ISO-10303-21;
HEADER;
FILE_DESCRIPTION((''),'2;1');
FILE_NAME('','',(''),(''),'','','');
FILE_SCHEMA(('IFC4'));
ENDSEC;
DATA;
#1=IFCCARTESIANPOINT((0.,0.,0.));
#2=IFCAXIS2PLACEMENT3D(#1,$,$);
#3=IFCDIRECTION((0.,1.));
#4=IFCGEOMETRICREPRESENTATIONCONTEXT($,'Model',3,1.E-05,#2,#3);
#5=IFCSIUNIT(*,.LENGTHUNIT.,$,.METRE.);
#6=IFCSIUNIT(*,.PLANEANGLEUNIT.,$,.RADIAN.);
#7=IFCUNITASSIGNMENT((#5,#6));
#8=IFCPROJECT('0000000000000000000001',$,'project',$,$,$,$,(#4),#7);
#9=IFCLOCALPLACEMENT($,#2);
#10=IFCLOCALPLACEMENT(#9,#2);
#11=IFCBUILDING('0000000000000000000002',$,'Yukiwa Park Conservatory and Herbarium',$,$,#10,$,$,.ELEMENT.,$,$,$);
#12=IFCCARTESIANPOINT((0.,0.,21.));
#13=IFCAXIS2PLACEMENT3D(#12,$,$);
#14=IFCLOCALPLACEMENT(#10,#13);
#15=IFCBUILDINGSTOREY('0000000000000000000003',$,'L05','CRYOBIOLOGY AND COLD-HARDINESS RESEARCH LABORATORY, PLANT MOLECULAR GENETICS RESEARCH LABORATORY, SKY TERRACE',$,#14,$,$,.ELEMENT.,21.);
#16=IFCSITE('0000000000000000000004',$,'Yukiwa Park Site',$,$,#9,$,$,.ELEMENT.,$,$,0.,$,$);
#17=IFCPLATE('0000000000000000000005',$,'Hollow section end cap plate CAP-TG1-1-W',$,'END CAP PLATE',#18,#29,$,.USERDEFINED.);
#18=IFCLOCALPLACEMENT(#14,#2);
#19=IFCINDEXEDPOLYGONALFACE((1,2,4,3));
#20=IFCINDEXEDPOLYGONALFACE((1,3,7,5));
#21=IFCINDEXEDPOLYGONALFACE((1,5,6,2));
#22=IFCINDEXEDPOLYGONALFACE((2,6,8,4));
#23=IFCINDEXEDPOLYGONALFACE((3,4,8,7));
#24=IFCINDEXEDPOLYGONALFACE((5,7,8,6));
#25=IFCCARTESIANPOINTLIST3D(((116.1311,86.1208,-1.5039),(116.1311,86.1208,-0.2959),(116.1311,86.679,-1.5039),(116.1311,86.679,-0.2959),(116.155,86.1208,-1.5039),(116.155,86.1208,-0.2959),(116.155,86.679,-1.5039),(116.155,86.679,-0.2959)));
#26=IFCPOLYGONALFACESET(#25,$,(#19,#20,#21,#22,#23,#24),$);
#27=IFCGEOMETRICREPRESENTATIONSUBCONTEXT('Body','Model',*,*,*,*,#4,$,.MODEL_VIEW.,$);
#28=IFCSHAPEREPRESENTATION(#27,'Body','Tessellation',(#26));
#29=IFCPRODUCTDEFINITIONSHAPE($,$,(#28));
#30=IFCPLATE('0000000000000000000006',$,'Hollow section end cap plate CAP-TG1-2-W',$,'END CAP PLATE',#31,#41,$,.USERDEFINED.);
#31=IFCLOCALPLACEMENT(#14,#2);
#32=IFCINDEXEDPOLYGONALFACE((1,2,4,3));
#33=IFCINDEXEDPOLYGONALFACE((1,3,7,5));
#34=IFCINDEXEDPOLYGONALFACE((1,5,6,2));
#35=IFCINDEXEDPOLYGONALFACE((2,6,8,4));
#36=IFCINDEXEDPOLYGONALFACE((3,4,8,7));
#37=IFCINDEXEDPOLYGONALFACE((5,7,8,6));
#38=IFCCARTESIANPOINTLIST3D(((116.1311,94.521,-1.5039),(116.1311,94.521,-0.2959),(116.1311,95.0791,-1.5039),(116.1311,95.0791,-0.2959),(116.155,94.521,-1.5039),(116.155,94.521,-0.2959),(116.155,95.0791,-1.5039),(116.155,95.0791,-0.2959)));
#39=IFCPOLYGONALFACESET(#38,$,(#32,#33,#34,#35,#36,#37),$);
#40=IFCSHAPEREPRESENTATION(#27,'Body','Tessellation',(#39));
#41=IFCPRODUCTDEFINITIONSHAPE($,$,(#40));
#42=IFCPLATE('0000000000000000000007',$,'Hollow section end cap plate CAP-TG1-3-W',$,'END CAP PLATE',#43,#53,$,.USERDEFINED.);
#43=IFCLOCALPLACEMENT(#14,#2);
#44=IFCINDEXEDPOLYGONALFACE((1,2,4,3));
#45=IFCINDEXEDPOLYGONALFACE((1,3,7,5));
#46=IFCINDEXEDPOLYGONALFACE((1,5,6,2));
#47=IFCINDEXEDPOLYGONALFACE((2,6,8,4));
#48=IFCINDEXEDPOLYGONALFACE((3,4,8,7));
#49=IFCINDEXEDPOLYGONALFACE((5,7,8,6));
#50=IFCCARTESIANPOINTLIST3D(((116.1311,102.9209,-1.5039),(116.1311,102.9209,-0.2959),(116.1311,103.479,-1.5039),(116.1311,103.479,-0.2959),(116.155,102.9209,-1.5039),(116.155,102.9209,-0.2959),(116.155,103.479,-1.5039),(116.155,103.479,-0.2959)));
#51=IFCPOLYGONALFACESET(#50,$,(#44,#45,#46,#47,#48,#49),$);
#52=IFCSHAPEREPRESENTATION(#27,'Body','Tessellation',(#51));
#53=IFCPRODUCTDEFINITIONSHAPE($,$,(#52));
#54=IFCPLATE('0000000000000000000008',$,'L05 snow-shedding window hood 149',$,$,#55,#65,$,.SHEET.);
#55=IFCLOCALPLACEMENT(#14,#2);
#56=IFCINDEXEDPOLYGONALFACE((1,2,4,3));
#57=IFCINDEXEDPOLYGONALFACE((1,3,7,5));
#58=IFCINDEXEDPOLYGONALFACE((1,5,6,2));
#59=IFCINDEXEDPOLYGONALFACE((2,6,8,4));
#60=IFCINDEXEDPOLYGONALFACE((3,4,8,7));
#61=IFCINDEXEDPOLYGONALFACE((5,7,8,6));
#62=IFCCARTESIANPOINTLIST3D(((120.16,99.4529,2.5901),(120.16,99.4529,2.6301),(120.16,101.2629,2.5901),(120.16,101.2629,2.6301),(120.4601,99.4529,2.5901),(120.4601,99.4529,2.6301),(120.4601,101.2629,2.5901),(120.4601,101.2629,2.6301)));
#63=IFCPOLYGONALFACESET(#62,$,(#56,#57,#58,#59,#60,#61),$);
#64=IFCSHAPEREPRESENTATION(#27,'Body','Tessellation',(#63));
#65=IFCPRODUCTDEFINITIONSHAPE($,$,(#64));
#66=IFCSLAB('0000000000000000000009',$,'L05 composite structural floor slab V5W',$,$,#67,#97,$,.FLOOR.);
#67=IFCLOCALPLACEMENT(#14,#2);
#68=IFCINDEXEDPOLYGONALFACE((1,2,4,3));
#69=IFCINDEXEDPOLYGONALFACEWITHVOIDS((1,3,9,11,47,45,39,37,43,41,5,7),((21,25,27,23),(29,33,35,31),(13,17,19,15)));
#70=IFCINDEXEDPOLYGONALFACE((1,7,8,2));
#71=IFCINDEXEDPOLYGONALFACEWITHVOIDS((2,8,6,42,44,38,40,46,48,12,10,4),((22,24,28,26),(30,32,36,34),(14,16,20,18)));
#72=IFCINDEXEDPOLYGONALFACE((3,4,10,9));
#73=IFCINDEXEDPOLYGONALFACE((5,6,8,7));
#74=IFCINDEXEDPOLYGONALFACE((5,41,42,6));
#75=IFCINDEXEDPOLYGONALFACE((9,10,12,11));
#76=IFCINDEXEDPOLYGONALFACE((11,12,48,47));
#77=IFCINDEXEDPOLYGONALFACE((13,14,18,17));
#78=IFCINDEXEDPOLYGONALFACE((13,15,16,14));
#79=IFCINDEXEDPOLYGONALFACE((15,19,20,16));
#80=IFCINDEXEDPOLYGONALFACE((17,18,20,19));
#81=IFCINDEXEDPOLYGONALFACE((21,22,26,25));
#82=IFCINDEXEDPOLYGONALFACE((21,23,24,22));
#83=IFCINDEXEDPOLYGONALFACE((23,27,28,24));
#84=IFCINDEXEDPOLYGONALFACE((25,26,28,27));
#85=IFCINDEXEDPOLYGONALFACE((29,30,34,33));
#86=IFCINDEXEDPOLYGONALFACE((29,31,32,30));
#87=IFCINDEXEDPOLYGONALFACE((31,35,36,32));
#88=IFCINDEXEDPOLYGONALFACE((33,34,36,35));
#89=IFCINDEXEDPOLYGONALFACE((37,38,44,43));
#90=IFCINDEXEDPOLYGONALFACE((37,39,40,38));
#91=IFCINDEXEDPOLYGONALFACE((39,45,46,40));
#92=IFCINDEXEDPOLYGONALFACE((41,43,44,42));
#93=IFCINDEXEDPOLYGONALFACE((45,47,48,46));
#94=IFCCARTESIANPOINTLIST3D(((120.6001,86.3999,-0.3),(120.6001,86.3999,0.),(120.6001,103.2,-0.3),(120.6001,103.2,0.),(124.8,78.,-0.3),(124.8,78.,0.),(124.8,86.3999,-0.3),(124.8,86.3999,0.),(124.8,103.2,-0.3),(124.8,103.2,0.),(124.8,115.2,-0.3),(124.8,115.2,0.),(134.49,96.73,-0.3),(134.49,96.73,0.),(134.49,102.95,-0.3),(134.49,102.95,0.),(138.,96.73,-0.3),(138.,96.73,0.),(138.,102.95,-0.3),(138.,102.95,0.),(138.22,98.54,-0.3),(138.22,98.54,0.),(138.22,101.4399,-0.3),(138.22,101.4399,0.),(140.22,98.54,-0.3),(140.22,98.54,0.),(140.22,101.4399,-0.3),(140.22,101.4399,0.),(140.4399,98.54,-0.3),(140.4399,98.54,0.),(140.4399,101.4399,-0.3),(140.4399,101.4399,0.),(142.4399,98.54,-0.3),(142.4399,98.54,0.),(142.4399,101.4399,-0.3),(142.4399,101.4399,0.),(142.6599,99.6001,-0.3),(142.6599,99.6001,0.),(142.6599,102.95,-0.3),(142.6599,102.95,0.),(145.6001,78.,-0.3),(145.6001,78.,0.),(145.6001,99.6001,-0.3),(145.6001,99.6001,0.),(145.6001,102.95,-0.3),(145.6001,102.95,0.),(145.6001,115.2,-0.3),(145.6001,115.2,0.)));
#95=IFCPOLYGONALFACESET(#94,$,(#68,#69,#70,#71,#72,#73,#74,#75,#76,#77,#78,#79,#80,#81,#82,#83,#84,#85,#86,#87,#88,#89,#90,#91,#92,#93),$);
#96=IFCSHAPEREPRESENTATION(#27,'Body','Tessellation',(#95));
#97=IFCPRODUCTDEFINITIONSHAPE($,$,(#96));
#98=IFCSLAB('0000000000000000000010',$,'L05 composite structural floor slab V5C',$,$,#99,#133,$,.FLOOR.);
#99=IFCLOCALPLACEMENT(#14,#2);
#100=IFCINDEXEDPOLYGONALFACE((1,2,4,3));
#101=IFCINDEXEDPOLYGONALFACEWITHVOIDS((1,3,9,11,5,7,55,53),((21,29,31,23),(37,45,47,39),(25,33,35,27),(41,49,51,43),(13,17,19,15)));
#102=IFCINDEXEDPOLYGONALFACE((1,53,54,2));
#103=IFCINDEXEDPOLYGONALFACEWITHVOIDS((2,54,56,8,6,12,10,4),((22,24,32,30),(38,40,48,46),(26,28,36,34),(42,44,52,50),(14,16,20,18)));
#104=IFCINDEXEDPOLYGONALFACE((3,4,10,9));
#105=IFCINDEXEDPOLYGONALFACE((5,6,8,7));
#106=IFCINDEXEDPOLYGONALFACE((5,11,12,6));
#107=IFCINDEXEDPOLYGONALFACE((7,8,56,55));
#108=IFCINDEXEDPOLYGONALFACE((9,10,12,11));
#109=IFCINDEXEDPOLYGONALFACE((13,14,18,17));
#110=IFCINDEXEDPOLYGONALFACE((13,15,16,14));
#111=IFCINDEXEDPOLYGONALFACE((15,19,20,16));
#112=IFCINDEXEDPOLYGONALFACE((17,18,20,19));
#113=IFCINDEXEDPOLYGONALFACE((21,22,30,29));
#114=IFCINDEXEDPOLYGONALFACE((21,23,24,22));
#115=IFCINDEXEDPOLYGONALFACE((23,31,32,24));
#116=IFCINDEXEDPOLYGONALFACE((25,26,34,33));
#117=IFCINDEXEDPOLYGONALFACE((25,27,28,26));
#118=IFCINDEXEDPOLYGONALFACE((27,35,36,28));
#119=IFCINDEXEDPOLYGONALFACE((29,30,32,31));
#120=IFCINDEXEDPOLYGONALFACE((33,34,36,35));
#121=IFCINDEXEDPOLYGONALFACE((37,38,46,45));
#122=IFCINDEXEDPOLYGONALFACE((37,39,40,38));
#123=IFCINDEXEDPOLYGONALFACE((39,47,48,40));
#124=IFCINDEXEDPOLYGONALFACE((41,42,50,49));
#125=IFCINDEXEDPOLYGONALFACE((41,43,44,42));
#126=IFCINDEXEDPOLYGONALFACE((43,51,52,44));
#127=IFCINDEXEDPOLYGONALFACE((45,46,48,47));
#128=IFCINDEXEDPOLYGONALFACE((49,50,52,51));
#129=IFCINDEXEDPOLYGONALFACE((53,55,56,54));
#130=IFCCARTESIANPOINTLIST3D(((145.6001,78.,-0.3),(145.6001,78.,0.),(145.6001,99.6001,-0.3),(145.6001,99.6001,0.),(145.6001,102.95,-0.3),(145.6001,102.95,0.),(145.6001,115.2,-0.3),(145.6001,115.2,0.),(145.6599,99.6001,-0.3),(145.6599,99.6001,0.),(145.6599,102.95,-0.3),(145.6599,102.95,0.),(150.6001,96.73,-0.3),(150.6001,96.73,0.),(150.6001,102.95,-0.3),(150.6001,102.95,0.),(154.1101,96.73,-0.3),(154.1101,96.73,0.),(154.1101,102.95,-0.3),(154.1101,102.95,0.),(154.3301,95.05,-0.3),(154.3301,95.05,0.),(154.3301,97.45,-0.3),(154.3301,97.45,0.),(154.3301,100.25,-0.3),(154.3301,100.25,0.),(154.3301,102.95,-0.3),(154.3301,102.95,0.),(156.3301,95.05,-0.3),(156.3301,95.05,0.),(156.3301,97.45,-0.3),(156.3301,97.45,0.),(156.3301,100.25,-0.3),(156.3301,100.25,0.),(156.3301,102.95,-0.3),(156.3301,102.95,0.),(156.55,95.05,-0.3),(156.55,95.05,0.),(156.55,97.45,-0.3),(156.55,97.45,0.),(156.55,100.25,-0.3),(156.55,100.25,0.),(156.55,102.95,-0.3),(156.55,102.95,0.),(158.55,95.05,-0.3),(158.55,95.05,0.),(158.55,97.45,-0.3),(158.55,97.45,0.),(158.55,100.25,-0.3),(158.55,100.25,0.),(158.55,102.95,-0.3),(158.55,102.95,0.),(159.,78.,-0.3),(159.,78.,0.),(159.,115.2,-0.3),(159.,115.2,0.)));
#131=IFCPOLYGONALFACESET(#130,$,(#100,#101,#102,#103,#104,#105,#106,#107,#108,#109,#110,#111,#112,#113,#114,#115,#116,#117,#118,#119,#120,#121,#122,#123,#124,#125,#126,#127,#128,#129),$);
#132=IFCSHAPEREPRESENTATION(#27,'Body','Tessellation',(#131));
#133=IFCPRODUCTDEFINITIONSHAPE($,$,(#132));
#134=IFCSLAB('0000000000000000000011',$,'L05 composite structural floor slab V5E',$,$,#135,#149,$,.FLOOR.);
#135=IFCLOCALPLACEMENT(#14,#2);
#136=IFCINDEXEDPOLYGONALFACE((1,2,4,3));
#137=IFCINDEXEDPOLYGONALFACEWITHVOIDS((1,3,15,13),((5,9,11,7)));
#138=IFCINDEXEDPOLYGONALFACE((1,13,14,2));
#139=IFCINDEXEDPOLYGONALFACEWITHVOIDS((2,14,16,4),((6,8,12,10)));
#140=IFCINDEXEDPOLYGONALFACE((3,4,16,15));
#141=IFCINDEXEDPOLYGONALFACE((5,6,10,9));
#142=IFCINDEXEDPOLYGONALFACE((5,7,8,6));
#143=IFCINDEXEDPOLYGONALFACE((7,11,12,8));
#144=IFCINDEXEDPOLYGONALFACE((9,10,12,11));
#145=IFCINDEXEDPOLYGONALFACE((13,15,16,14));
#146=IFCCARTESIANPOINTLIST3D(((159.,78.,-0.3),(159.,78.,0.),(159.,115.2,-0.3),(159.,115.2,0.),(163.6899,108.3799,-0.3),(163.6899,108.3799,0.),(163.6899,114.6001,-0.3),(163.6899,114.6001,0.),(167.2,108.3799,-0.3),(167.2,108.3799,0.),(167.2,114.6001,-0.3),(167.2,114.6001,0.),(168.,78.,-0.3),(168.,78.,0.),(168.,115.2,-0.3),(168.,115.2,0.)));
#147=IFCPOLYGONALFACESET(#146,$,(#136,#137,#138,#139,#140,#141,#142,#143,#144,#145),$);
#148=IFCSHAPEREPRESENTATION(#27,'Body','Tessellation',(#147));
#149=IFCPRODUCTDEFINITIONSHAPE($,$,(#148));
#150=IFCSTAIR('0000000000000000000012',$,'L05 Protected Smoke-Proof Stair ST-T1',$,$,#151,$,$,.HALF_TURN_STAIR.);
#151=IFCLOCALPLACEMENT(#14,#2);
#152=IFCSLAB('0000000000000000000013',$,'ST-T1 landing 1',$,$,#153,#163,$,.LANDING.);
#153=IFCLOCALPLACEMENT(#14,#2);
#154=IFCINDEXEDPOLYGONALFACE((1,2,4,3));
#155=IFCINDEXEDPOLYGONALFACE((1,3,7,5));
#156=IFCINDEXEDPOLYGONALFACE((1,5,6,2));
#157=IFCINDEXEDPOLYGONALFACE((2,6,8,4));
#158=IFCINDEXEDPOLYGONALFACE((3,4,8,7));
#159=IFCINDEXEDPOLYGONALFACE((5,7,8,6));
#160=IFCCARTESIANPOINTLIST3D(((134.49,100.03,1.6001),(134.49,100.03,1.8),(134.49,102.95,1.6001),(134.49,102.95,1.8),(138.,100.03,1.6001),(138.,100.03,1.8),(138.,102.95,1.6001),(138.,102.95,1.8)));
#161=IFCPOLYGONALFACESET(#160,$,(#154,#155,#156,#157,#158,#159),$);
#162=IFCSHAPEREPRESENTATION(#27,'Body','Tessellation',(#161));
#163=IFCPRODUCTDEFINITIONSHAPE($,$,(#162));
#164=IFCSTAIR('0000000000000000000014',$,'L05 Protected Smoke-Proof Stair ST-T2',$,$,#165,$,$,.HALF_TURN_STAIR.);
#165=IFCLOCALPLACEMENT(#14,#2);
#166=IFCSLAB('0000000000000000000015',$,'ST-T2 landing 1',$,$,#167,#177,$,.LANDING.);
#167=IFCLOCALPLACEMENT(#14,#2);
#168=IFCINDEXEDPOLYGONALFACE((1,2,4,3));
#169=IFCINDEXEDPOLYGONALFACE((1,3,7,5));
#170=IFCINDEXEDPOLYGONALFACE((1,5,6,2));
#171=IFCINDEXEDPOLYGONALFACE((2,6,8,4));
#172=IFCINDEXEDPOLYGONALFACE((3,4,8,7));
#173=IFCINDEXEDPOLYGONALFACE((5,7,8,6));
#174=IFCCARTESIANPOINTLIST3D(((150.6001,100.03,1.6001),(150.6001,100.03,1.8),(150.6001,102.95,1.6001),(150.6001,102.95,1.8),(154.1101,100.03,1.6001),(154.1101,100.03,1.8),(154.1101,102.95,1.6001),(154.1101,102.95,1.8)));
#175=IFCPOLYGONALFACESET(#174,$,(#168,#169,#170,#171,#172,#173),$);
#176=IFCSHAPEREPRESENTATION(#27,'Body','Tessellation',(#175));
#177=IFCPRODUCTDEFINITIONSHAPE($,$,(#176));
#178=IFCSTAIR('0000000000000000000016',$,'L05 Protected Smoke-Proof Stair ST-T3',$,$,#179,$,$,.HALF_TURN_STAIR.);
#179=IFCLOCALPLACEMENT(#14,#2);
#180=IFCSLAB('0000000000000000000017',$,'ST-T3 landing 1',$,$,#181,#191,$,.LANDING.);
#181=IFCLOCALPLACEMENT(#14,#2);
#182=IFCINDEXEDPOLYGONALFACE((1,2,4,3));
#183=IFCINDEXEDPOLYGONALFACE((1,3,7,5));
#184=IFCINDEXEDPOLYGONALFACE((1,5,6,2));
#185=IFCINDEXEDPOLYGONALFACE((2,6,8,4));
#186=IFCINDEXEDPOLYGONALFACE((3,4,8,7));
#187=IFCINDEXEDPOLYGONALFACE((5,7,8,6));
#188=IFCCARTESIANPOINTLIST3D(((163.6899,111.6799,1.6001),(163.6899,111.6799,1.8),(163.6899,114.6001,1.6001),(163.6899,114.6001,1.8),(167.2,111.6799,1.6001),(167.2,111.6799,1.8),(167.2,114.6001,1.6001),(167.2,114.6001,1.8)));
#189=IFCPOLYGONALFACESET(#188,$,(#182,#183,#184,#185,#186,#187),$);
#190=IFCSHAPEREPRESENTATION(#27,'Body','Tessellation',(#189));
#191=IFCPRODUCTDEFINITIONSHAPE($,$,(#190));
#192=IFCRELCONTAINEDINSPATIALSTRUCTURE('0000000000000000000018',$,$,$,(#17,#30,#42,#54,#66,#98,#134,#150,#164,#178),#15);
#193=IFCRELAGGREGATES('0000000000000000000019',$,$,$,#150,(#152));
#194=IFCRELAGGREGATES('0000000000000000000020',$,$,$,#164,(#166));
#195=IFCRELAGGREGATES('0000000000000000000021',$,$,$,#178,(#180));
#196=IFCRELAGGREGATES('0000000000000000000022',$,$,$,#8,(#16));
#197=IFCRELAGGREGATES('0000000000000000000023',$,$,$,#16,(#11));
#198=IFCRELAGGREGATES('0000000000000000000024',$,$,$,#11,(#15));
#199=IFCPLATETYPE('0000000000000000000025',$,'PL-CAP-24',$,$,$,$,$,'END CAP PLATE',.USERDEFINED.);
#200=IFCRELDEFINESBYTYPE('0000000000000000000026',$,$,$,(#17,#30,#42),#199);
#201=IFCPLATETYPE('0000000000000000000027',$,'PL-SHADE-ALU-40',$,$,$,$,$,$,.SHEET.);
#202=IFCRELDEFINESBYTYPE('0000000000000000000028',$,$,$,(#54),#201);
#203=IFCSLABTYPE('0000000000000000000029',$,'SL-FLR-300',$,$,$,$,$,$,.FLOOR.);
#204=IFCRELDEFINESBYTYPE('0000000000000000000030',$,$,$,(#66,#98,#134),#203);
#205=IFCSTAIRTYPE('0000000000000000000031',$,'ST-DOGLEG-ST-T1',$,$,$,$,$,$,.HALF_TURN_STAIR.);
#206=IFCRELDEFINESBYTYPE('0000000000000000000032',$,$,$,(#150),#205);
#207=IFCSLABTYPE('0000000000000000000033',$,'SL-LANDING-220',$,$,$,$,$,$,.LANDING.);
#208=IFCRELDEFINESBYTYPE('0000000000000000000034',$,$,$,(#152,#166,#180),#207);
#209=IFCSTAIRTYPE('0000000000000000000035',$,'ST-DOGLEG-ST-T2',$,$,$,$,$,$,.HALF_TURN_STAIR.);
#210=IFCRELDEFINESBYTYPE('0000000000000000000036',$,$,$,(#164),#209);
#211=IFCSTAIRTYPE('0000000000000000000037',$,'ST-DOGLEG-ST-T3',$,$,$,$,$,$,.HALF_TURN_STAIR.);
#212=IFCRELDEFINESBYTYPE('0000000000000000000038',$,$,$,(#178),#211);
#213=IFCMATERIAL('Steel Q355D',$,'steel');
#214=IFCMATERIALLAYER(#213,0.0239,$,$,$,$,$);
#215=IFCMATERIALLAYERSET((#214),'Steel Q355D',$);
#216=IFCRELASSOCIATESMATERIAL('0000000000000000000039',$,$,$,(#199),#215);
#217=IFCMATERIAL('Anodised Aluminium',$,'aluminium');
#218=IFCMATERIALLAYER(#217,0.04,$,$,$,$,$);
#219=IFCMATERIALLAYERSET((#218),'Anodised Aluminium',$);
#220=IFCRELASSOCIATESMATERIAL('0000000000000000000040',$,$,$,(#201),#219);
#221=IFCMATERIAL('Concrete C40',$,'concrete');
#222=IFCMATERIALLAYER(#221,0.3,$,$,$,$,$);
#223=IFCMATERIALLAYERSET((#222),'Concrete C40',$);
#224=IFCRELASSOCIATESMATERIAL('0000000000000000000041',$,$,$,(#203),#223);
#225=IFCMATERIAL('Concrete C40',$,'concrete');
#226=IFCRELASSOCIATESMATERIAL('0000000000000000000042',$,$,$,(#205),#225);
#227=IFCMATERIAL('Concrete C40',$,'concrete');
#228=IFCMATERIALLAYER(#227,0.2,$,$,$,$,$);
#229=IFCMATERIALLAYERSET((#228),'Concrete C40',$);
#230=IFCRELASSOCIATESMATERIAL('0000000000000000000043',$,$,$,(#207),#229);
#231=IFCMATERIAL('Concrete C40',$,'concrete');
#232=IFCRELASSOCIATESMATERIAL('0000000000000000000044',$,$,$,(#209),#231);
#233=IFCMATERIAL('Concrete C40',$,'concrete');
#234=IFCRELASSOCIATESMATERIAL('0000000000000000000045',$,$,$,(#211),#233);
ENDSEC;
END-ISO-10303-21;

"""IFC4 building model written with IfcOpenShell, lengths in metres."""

from ifc_helpers import new_model, si_unit, direction, frame, origin, origin_2d, place, context, subcontext, project, spatial, polyline, rectangle, outline, extrude, material, layer, layer_set, type_object, element, aggregate, save


model = new_model("IFC4")

# Units and contexts
model_context = context("Model", 3, precision=1e-05, world=origin(), true_north=direction((0.0, 1.0)))
body_context = subcontext(model_context, "Body", "Model", "MODEL_VIEW")
ifc_project = project(units=[si_unit("LENGTHUNIT", "METRE"), si_unit("PLANEANGLEUNIT", "RADIAN")], contexts=[model_context])

# Site, building, storey
site_placement = place(None, origin())
site = spatial("IfcSite", under=ifc_project, at=site_placement, Name="Yukiwa Park Site", CompositionType="ELEMENT", RefElevation=0.0)
building_placement = place(site_placement, origin())
building = spatial("IfcBuilding", under=site, at=building_placement, Name="Yukiwa Park Conservatory and Herbarium", CompositionType="ELEMENT")
storey_placement = place(building_placement, frame((0.0, 0.0, 21.0)))
storey = spatial("IfcBuildingStorey", under=building, at=storey_placement, Name="L05", Description="CRYOBIOLOGY AND COLD-HARDINESS RESEARCH LABORATORY, PLANT MOLECULAR GENETICS RESEARCH LABORATORY, SKY TERRACE", CompositionType="ELEMENT", Elevation=21.0)

# Plates
ifc_material_1 = material(Name="Steel Q355D", Category="steel")
ifc_layer_1 = layer(ifc_material_1, 0.0239)
ifc_layer_set_1 = layer_set([ifc_layer_1], Name="Steel Q355D")
plate_type_1 = type_object("IfcPlateType", Name="PL-CAP-24", ElementType="END CAP PLATE", PredefinedType="USERDEFINED", material=ifc_layer_set_1)
for number, where, z_axis, x_axis, name in (
    (1, (116.155, 86.3999, -0.8999), (-1.0, 0.0, 0.0), (0.0, -1.0, 0.0), "Hollow section end cap plate CAP-TG1-1-W"),
    (2, (116.155, 94.8, -0.8999), (-1.0, 0.0, 0.0), (0.0, -1.0, 0.0), "Hollow section end cap plate CAP-TG1-2-W"),
    (3, (116.155, 103.2, -0.8999), (-1.0, 0.0, 0.0), (0.0, -1.0, 0.0), "Hollow section end cap plate CAP-TG1-3-W"),
):
    element("IfcPlate", number, at=place(storey_placement, frame(where, z_axis=z_axis, x_axis=x_axis)), inside=storey, type_object=plate_type_1, Name=name, ObjectType="END CAP PLATE", PredefinedType="USERDEFINED", context=body_context, shape_type="SweptSolid", body=[
        extrude(rectangle(XDim=0.5581, YDim=1.208, at=origin_2d()), origin(), (0.0, 0.0, 1.0), 0.0239),
    ])
ifc_material_2 = material(Name="Anodised Aluminium", Category="aluminium")
ifc_layer_2 = layer(ifc_material_2, 0.04)
ifc_layer_set_2 = layer_set([ifc_layer_2], Name="Anodised Aluminium")
plate_type_2 = type_object("IfcPlateType", Name="PL-SHADE-ALU-40", PredefinedType="SHEET", material=ifc_layer_set_2)
plate_placement = place(storey_placement, frame((120.3101, 100.3579, 2.5901), z_axis=(0.0, 0.0, 1.0), x_axis=(0.0, -1.0, 0.0)))
element("IfcPlate", 4, at=plate_placement, inside=storey, type_object=plate_type_2, Name="L05 snow-shedding window hood 149", PredefinedType="SHEET", context=body_context, shape_type="SweptSolid", body=[
    extrude(rectangle(XDim=1.8101, YDim=0.3, at=origin_2d()), origin(), (0.0, 0.0, 1.0), 0.04),
])

# Slabs
ifc_material_3 = material(Name="Concrete C40", Category="concrete")
ifc_layer_3 = layer(ifc_material_3, 0.3)
ifc_layer_set_3 = layer_set([ifc_layer_3], Name="Concrete C40")
slab_type_1 = type_object("IfcSlabType", Name="SL-FLR-300", PredefinedType="FLOOR", material=ifc_layer_set_3)
slab_1_placement = place(storey_placement, frame((0.0, 0.0, -0.3)))
element("IfcSlab", 5, at=slab_1_placement, inside=storey, type_object=slab_type_1, Name="L05 composite structural floor slab V5W", PredefinedType="FLOOR", context=body_context, shape_type="SweptSolid", body=[
    extrude(outline(polyline([(124.8, 86.3999), (120.6001, 86.3999), (120.6001, 103.2), (124.8, 103.2), (124.8, 115.2), (145.6001, 115.2), (145.6001, 102.95), (142.6599, 102.95), (142.6599, 99.6001), (145.6001, 99.6001), (145.6001, 78.0), (124.8, 78.0), (124.8, 86.3999)]), holes=[polyline([(134.49, 102.95), (134.49, 96.73), (138.0, 96.73), (138.0, 102.95), (134.49, 102.95)]), polyline([(140.22, 101.4399), (138.22, 101.4399), (138.22, 98.54), (140.22, 98.54), (140.22, 101.4399)]), polyline([(140.4399, 101.4399), (140.4399, 98.54), (142.4399, 98.54), (142.4399, 101.4399), (140.4399, 101.4399)])]), origin(), (0.0, 0.0, 1.0), 0.3),
])
slab_2_placement = place(storey_placement, frame((0.0, 0.0, -0.3)))
element("IfcSlab", 6, at=slab_2_placement, inside=storey, type_object=slab_type_1, Name="L05 composite structural floor slab V5C", PredefinedType="FLOOR", context=body_context, shape_type="SweptSolid", body=[
    extrude(outline(polyline([(145.6001, 99.6001), (145.6599, 99.6001), (145.6599, 102.95), (145.6001, 102.95), (145.6001, 115.2), (159.0, 115.2), (159.0, 78.0), (145.6001, 78.0), (145.6001, 99.6001)]), holes=[polyline([(154.3301, 97.45), (154.3301, 95.05), (156.3301, 95.05), (156.3301, 97.45), (154.3301, 97.45)]), polyline([(156.55, 97.45), (156.55, 95.05), (158.55, 95.05), (158.55, 97.45), (156.55, 97.45)]), polyline([(154.1101, 102.95), (150.6001, 102.95), (150.6001, 96.73), (154.1101, 96.73), (154.1101, 102.95)]), polyline([(154.3301, 102.95), (154.3301, 100.25), (156.3301, 100.25), (156.3301, 102.95), (154.3301, 102.95)]), polyline([(158.55, 102.95), (156.55, 102.95), (156.55, 100.25), (158.55, 100.25), (158.55, 102.95)])]), origin(), (0.0, 0.0, 1.0), 0.3),
])
slab_3_placement = place(storey_placement, frame((0.0, 0.0, -0.3)))
element("IfcSlab", 7, at=slab_3_placement, inside=storey, type_object=slab_type_1, Name="L05 composite structural floor slab V5E", PredefinedType="FLOOR", context=body_context, shape_type="SweptSolid", body=[
    extrude(outline(polyline([(168.0, 78.0), (159.0, 78.0), (159.0, 115.2), (168.0, 115.2), (168.0, 78.0)]), holes=[polyline([(167.2, 114.6001), (163.6899, 114.6001), (163.6899, 108.3799), (167.2, 108.3799), (167.2, 114.6001)])]), origin(), (0.0, 0.0, 1.0), 0.3),
])

# Stairs, slabs
ifc_material_4 = material(Name="Concrete C40", Category="concrete")
stair_type_1 = type_object("IfcStairType", Name="ST-DOGLEG-ST-T1", PredefinedType="HALF_TURN_STAIR", material=ifc_material_4)
stair_1_placement = place(storey_placement, origin())
stair_1 = element("IfcStair", 8, at=stair_1_placement, inside=storey, type_object=stair_type_1, Name="L05 Protected Smoke-Proof Stair ST-T1", PredefinedType="HALF_TURN_STAIR")
ifc_material_5 = material(Name="Concrete C40", Category="concrete")
ifc_layer_4 = layer(ifc_material_5, 0.2)
ifc_layer_set_4 = layer_set([ifc_layer_4], Name="Concrete C40")
slab_type_2 = type_object("IfcSlabType", Name="SL-LANDING-220", PredefinedType="LANDING", material=ifc_layer_set_4)
slab_4_placement = place(storey_placement, frame((0.0, 0.0, 1.6001)))
slab_4 = element("IfcSlab", 9, at=slab_4_placement, type_object=slab_type_2, Name="ST-T1 landing 1", PredefinedType="LANDING", context=body_context, shape_type="SweptSolid", body=[
    extrude(outline(polyline([(138.0, 100.03), (138.0, 102.95), (134.49, 102.95), (134.49, 100.03), (138.0, 100.03)])), origin(), (0.0, 0.0, 1.0), 0.2),
])
aggregate(stair_1, [slab_4])
ifc_material_6 = material(Name="Concrete C40", Category="concrete")
stair_type_2 = type_object("IfcStairType", Name="ST-DOGLEG-ST-T2", PredefinedType="HALF_TURN_STAIR", material=ifc_material_6)
stair_2_placement = place(storey_placement, origin())
stair_2 = element("IfcStair", 10, at=stair_2_placement, inside=storey, type_object=stair_type_2, Name="L05 Protected Smoke-Proof Stair ST-T2", PredefinedType="HALF_TURN_STAIR")
slab_5_placement = place(storey_placement, frame((0.0, 0.0, 1.6001)))
slab_5 = element("IfcSlab", 11, at=slab_5_placement, type_object=slab_type_2, Name="ST-T2 landing 1", PredefinedType="LANDING", context=body_context, shape_type="SweptSolid", body=[
    extrude(outline(polyline([(154.1101, 100.03), (154.1101, 102.95), (150.6001, 102.95), (150.6001, 100.03), (154.1101, 100.03)])), origin(), (0.0, 0.0, 1.0), 0.2),
])
aggregate(stair_2, [slab_5])
ifc_material_7 = material(Name="Concrete C40", Category="concrete")
stair_type_3 = type_object("IfcStairType", Name="ST-DOGLEG-ST-T3", PredefinedType="HALF_TURN_STAIR", material=ifc_material_7)
stair_3_placement = place(storey_placement, origin())
stair_3 = element("IfcStair", 12, at=stair_3_placement, inside=storey, type_object=stair_type_3, Name="L05 Protected Smoke-Proof Stair ST-T3", PredefinedType="HALF_TURN_STAIR")
slab_6_placement = place(storey_placement, frame((0.0, 0.0, 1.6001)))
slab_6 = element("IfcSlab", 13, at=slab_6_placement, type_object=slab_type_2, Name="ST-T3 landing 1", PredefinedType="LANDING", context=body_context, shape_type="SweptSolid", body=[
    extrude(outline(polyline([(167.2, 111.6799), (167.2, 114.6001), (163.6899, 114.6001), (163.6899, 111.6799), (167.2, 111.6799)])), origin(), (0.0, 0.0, 1.0), 0.2),
])
aggregate(stair_3, [slab_6])

save(model, "model.ifc")
